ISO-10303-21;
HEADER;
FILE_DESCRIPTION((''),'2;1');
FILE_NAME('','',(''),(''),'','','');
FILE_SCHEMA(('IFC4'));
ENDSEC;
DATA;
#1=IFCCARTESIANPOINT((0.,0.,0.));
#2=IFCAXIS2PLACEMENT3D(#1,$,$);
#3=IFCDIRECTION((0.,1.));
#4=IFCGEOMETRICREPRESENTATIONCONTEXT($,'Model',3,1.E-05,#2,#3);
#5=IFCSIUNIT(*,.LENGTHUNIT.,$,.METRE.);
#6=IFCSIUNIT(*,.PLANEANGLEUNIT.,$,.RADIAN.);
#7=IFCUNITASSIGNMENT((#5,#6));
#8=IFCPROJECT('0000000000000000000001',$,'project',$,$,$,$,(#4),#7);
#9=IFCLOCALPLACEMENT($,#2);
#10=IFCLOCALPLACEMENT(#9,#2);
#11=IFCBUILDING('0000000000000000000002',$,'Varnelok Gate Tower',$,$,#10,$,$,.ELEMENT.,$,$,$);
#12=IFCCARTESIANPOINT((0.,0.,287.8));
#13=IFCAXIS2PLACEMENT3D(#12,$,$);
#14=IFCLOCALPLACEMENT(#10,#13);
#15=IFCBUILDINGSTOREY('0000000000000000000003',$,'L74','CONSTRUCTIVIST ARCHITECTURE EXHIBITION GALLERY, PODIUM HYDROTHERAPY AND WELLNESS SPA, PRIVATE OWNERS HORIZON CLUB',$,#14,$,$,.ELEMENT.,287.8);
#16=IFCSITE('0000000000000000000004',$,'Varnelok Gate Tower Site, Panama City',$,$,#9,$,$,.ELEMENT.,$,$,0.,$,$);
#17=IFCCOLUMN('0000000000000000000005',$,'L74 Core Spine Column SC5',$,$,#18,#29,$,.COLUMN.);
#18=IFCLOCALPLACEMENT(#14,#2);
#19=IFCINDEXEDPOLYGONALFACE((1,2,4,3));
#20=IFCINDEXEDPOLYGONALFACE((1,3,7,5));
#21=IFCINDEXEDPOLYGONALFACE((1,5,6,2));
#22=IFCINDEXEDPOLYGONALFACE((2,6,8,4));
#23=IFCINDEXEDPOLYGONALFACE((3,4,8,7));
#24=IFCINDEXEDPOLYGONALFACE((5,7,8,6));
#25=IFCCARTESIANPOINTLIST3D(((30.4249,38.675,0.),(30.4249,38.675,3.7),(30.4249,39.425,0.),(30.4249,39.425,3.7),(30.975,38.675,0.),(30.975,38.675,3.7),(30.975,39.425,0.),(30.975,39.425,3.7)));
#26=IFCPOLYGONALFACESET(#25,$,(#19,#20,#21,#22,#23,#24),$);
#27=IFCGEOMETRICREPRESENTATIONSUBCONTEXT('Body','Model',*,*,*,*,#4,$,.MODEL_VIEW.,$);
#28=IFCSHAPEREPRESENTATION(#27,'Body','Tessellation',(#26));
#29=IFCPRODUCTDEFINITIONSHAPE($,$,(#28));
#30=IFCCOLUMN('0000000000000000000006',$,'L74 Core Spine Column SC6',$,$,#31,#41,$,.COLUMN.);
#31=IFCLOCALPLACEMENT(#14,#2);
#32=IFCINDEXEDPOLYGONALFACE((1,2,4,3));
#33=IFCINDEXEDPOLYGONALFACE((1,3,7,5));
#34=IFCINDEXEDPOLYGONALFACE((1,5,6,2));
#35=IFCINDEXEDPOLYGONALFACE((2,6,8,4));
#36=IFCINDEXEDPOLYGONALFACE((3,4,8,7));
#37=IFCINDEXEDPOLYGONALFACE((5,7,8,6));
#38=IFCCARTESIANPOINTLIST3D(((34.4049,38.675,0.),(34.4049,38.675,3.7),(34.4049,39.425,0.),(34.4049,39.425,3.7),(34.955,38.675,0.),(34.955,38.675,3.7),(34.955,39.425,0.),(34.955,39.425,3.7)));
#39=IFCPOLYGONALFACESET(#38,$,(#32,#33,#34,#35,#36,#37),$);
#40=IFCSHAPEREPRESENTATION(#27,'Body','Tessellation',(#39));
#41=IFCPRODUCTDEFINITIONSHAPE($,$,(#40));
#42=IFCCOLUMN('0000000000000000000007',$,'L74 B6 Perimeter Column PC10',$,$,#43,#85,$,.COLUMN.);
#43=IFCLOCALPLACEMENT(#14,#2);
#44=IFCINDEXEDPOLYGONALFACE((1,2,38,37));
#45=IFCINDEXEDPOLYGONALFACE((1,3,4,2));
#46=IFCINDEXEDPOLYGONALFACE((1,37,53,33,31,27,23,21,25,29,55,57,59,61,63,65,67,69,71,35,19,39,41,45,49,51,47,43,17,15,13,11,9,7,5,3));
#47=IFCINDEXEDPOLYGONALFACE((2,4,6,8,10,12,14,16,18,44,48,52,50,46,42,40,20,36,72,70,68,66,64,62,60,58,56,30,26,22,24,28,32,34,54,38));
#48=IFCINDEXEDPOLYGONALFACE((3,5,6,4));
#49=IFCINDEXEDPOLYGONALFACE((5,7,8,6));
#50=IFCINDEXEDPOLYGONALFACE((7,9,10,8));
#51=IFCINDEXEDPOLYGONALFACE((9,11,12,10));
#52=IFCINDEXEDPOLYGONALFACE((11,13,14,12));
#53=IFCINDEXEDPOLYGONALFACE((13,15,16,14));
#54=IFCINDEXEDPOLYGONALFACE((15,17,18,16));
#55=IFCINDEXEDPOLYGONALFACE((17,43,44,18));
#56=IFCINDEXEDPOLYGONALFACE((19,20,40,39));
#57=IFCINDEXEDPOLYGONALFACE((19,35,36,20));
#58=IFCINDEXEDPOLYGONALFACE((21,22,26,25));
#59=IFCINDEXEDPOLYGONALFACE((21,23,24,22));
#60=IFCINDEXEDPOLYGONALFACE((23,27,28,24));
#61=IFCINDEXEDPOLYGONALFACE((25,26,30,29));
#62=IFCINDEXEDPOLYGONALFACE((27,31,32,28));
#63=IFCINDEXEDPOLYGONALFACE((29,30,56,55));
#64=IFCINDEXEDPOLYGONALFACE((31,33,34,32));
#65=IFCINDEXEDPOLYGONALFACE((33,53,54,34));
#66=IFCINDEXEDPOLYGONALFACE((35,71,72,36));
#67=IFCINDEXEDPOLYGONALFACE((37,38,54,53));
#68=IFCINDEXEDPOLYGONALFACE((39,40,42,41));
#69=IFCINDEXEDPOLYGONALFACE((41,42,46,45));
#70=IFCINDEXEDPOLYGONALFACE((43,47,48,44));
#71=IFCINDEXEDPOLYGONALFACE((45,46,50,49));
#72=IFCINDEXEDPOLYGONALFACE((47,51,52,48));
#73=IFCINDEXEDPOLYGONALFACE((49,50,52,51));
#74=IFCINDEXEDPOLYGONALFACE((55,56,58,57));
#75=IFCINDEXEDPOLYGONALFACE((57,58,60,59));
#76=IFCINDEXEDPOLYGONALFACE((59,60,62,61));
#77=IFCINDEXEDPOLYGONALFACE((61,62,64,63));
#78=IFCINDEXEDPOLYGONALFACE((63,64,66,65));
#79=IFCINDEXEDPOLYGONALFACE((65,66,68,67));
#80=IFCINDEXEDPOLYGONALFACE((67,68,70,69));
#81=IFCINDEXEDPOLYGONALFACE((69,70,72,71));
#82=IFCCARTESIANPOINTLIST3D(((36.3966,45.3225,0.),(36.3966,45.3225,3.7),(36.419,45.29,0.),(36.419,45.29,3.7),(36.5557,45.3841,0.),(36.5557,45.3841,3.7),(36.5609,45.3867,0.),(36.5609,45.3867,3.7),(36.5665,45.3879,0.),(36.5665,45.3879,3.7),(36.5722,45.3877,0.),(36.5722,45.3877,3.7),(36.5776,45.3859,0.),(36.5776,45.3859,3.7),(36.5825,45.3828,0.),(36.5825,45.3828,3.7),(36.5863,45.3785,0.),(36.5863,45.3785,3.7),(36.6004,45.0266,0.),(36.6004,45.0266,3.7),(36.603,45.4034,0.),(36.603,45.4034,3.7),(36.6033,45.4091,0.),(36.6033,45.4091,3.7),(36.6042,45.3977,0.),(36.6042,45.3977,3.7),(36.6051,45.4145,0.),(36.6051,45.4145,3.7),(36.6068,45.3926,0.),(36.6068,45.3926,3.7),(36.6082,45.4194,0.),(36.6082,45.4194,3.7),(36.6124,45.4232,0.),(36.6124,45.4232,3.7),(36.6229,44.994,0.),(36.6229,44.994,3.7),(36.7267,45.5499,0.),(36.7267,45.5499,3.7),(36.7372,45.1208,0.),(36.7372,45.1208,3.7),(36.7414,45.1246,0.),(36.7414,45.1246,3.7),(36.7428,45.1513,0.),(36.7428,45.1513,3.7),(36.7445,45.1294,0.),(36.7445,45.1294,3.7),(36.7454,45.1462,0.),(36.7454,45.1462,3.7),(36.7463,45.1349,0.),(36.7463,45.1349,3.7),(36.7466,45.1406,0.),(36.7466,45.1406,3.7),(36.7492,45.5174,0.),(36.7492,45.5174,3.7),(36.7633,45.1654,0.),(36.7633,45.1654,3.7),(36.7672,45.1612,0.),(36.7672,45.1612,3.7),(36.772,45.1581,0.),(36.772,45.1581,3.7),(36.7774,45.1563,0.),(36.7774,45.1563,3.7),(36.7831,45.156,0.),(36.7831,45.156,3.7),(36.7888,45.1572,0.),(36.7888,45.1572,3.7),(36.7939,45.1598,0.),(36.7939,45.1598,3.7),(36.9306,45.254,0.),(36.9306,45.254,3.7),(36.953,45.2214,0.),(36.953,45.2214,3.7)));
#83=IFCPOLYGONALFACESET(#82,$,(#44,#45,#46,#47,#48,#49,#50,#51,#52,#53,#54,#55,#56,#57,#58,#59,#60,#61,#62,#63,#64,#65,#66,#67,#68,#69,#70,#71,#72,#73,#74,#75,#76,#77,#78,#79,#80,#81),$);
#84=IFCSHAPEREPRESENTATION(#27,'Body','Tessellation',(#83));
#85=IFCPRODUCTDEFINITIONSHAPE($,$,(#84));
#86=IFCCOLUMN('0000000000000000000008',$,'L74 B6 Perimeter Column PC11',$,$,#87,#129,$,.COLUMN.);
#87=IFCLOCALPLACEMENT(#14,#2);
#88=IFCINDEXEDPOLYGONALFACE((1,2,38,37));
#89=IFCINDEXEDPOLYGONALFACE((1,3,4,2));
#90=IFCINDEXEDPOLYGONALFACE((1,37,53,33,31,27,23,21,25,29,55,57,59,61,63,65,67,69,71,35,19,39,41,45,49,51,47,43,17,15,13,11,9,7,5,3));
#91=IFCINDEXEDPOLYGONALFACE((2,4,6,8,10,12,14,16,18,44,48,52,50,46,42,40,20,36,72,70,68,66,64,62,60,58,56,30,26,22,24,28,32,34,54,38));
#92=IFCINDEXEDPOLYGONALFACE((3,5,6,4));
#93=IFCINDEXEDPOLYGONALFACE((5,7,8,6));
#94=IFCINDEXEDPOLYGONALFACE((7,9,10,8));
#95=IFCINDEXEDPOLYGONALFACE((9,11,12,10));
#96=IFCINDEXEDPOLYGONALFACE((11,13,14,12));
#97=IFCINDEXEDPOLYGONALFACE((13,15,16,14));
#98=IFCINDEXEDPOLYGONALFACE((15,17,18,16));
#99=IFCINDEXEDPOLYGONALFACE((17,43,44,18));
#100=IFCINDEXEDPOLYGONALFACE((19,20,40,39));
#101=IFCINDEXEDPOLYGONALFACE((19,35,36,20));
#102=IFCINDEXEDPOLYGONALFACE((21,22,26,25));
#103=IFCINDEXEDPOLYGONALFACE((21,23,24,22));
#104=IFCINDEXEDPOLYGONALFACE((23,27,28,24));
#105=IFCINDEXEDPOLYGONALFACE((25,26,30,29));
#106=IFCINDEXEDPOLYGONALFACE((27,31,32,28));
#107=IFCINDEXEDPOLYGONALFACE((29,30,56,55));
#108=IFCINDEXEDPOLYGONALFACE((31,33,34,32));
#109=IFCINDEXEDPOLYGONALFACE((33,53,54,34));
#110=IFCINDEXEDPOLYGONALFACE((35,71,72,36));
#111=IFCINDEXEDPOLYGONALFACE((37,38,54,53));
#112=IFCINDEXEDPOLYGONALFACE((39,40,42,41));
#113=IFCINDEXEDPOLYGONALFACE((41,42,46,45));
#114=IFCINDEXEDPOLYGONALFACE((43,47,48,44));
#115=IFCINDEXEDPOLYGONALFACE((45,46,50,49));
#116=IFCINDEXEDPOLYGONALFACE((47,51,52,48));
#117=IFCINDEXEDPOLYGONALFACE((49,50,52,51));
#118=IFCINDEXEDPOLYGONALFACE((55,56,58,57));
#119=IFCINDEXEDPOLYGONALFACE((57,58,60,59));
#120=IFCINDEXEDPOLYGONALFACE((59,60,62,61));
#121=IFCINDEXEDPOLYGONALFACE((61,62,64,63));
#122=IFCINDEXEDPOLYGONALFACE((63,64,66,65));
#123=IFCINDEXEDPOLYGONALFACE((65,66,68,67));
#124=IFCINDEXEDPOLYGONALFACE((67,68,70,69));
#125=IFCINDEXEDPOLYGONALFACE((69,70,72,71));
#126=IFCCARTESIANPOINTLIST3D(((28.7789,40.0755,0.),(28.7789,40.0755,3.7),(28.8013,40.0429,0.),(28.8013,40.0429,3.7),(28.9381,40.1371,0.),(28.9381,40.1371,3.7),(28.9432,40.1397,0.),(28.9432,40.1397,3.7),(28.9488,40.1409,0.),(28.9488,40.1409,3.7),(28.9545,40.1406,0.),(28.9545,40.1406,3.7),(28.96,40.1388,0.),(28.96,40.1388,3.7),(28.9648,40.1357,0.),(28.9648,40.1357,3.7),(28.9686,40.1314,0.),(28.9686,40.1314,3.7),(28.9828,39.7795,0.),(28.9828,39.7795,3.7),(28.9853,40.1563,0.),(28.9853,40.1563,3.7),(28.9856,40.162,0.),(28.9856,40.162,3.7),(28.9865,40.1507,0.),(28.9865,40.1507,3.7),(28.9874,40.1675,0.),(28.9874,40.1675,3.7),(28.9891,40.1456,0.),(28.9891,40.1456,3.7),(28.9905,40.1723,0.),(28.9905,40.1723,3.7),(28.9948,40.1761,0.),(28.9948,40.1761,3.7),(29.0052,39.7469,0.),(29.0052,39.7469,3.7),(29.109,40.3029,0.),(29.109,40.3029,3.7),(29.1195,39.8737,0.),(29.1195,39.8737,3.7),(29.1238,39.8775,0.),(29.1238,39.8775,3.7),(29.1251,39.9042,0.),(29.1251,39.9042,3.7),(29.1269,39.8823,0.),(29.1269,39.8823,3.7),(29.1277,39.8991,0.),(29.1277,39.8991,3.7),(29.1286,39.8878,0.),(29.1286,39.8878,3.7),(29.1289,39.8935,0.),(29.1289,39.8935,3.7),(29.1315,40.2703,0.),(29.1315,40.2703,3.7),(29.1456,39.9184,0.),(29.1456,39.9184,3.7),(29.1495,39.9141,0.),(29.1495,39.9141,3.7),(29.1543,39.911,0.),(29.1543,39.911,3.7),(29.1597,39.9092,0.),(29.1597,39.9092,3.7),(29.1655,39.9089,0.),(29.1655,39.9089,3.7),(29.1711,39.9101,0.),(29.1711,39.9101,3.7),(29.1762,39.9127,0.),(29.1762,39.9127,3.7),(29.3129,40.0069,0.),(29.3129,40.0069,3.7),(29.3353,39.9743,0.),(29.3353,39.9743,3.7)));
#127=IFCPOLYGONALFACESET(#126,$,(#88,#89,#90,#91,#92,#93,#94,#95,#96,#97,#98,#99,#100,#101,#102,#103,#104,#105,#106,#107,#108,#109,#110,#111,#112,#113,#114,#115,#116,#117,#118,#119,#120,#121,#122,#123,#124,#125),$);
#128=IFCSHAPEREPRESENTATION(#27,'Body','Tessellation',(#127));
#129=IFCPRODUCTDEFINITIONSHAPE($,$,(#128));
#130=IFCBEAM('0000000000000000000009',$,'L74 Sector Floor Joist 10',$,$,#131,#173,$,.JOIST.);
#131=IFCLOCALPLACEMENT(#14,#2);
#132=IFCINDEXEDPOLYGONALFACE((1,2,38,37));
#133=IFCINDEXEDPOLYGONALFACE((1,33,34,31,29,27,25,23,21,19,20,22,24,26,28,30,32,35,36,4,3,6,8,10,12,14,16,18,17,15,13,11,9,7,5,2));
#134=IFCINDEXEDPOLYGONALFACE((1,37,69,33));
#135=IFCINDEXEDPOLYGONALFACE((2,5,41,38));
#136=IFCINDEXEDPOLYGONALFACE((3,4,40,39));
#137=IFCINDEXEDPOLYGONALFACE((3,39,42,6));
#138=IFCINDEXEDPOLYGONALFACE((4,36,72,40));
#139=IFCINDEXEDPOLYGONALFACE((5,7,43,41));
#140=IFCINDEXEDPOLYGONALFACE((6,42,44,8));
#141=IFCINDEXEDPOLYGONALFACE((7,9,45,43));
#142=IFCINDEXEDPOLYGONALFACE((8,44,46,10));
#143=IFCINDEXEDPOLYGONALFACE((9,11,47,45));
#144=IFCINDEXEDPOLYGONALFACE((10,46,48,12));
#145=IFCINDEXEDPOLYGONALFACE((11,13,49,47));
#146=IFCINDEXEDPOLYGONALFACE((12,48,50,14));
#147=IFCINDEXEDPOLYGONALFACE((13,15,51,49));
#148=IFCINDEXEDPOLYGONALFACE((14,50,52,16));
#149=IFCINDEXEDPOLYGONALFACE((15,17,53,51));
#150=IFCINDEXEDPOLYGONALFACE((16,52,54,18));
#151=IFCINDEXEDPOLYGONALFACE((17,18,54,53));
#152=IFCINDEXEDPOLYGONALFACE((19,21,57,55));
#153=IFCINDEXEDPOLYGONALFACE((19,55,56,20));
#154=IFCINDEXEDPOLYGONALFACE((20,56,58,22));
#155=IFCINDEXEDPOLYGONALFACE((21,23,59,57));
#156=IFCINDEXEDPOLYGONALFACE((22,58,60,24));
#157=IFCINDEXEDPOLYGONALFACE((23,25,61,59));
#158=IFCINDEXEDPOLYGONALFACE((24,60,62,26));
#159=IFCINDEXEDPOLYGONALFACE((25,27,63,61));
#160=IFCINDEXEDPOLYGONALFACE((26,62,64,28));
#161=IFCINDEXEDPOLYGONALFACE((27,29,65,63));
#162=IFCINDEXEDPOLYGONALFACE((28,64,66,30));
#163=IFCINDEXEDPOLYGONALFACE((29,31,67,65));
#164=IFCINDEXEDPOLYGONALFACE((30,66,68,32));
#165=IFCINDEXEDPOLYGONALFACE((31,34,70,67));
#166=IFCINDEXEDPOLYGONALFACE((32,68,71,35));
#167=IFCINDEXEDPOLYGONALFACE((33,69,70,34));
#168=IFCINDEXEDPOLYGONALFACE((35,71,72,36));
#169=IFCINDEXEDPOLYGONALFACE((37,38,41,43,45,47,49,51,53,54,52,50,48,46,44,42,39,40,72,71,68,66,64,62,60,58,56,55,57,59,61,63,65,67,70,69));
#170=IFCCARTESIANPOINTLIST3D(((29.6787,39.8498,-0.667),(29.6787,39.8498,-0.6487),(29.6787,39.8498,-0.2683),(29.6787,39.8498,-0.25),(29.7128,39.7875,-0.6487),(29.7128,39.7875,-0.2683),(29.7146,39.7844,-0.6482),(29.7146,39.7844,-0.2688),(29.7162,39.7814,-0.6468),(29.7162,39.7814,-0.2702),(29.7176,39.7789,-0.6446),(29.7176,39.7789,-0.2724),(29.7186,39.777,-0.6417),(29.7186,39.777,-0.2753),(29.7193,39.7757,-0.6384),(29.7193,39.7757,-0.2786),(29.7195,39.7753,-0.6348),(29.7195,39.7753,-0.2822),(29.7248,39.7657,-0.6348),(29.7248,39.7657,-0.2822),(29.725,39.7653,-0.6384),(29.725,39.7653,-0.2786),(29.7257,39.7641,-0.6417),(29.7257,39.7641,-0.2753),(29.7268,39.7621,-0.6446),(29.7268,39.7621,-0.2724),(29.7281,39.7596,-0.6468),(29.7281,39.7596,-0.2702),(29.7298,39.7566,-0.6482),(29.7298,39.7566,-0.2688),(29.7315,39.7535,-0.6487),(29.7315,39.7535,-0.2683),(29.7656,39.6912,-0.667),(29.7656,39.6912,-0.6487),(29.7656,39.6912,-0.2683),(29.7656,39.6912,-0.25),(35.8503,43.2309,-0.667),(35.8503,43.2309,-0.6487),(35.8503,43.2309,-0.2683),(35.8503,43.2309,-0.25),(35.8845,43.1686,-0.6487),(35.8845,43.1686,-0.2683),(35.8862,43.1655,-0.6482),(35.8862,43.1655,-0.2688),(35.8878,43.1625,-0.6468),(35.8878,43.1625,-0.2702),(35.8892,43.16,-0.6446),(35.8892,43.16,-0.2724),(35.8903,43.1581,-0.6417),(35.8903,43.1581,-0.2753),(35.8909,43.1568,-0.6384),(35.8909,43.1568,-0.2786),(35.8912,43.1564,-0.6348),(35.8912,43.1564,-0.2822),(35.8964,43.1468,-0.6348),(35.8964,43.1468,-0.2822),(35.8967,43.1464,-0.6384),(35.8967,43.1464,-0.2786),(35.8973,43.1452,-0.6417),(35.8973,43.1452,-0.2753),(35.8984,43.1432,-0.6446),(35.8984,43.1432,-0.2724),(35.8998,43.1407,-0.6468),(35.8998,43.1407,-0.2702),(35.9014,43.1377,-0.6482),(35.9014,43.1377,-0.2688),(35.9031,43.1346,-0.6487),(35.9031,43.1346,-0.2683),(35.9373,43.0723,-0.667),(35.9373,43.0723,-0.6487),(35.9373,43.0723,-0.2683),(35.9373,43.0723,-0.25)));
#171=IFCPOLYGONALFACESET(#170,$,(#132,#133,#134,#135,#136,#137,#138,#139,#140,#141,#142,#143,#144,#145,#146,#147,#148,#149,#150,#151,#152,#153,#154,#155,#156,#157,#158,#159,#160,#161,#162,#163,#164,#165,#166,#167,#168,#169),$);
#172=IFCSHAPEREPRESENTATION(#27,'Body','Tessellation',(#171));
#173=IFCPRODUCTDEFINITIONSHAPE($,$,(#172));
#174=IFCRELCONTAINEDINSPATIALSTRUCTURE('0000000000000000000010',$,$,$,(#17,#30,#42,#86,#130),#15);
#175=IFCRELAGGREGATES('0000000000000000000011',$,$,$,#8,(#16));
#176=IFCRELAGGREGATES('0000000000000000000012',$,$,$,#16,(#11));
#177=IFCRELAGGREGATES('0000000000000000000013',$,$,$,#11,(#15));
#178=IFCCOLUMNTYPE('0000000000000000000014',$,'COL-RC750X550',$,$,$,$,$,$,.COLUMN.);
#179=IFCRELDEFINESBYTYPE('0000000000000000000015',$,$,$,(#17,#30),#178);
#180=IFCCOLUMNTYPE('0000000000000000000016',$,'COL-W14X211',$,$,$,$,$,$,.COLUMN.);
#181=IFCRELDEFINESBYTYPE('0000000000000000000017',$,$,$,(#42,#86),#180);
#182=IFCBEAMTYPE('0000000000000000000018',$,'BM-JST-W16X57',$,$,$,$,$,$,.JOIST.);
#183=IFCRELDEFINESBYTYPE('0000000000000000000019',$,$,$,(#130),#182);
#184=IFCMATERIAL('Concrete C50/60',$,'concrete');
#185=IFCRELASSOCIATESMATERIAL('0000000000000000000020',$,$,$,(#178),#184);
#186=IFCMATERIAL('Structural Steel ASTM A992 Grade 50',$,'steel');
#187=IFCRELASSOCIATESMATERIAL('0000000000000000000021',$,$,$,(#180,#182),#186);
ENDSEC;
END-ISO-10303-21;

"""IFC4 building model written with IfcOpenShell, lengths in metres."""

from ifc_helpers import new_model, si_unit, direction, frame, origin, origin_2d, place, context, subcontext, project, spatial, rectangle, i_section, extrude, material, material_profile, profile_set, type_object, element, save


model = new_model("IFC4")

# Units and contexts
model_context = context("Model", 3, precision=1e-05, world=origin(), true_north=direction((0.0, 1.0)))
body_context = subcontext(model_context, "Body", "Model", "MODEL_VIEW")
ifc_project = project(units=[si_unit("LENGTHUNIT", "METRE"), si_unit("PLANEANGLEUNIT", "RADIAN")], contexts=[model_context])

# Site, building, storey
site_placement = place(None, origin())
site = spatial("IfcSite", under=ifc_project, at=site_placement, Name="Varnelok Gate Tower Site, Panama City", CompositionType="ELEMENT", RefElevation=0.0)
building_placement = place(site_placement, origin())
building = spatial("IfcBuilding", under=site, at=building_placement, Name="Varnelok Gate Tower", CompositionType="ELEMENT")
storey_placement = place(building_placement, frame((0.0, 0.0, 287.8)))
storey = spatial("IfcBuildingStorey", under=building, at=storey_placement, Name="L74", Description="CONSTRUCTIVIST ARCHITECTURE EXHIBITION GALLERY, PODIUM HYDROTHERAPY AND WELLNESS SPA, PRIVATE OWNERS HORIZON CLUB", CompositionType="ELEMENT", Elevation=287.8)

# Columns
ifc_material_1 = material(Name="Concrete C50/60", Category="concrete")
ifc_material_profile_1 = material_profile(ifc_material_1, rectangle(XDim=0.55, YDim=0.75, at=origin_2d()), Name="RC750X550")
ifc_profile_set_1 = profile_set([ifc_material_profile_1], Name="Concrete C50/60")
column_type_1 = type_object("IfcColumnType", Name="COL-RC750X550", PredefinedType="COLUMN", material=ifc_profile_set_1)
for number, where, z_axis, x_axis, name in (
    (1, (30.7, 39.05, 0.0), (0.0, 0.0, 1.0), (1.0, 0.0, 0.0), "L74 Core Spine Column SC5"),
    (2, (34.6799, 39.05, 0.0), (0.0, 0.0, 1.0), (1.0, 0.0, 0.0), "L74 Core Spine Column SC6"),
):
    element("IfcColumn", number, at=place(storey_placement, frame(where, z_axis=z_axis, x_axis=x_axis)), inside=storey, type_object=column_type_1, Name=name, PredefinedType="COLUMN", context=body_context, shape_type="SweptSolid", body=[
        extrude(rectangle(XDim=0.55, YDim=0.75, at=origin_2d()), origin(), (0.0, 0.0, 1.0), 3.7),
    ])
ifc_material_2 = material(Name="Structural Steel ASTM A992 Grade 50", Category="steel")
ifc_material_profile_2 = material_profile(ifc_material_2, i_section(OverallWidth=0.4009, OverallDepth=0.3989, WebThickness=0.0249, FlangeThickness=0.0396, FilletRadius=0.022, at=origin_2d()), Name="W14X211")
ifc_profile_set_2 = profile_set([ifc_material_profile_2], Name="Structural Steel ASTM A992 Grade 50")
column_type_2 = type_object("IfcColumnType", Name="COL-W14X211", PredefinedType="COLUMN", material=ifc_profile_set_2)
for number, where, z_axis, x_axis, name in (
    (3, (36.6748, 45.272, 0.0), (0.0, 0.0, 1.0), (0.823533, 0.567269, 0.0), "L74 B6 Perimeter Column PC10"),
    (4, (29.0571, 40.0249, 0.0), (0.0, 0.0, 1.0), (0.823533, 0.567269, 0.0), "L74 B6 Perimeter Column PC11"),
):
    element("IfcColumn", number, at=place(storey_placement, frame(where, z_axis=z_axis, x_axis=x_axis)), inside=storey, type_object=column_type_2, Name=name, PredefinedType="COLUMN", context=body_context, shape_type="SweptSolid", body=[
        extrude(i_section(OverallWidth=0.4009, OverallDepth=0.3989, WebThickness=0.0249, FlangeThickness=0.0396, FilletRadius=0.022, at=origin_2d()), origin(), (0.0, 0.0, 1.0), 3.7),
    ])

# Beam
ifc_material_profile_3 = material_profile(ifc_material_2, i_section(OverallWidth=0.1809, OverallDepth=0.417, WebThickness=0.011, FlangeThickness=0.0183, FilletRadius=0.0139, at=origin_2d()), Name="W16X57")
ifc_profile_set_3 = profile_set([ifc_material_profile_3], Name="Structural Steel ASTM A992 Grade 50")
beam_type_1 = type_object("IfcBeamType", Name="BM-JST-W16X57", PredefinedType="JOIST", material=ifc_profile_set_3)
beam_1_placement = place(storey_placement, frame((35.8938, 43.1516, -0.4585), z_axis=(-0.877012, -0.480468, 0.0), x_axis=(0.480468, -0.877012, 0.0)))
element("IfcBeam", 5, at=beam_1_placement, inside=storey, type_object=beam_type_1, Name="L74 Sector Floor Joist 10", PredefinedType="JOIST", context=body_context, shape_type="SweptSolid", body=[
    extrude(i_section(OverallWidth=0.1809, OverallDepth=0.417, WebThickness=0.011, FlangeThickness=0.0183, FilletRadius=0.0139, at=origin_2d()), origin(), (0.0, 0.0, 1.0), 7.0371),
])

save(model, "model.ifc")
